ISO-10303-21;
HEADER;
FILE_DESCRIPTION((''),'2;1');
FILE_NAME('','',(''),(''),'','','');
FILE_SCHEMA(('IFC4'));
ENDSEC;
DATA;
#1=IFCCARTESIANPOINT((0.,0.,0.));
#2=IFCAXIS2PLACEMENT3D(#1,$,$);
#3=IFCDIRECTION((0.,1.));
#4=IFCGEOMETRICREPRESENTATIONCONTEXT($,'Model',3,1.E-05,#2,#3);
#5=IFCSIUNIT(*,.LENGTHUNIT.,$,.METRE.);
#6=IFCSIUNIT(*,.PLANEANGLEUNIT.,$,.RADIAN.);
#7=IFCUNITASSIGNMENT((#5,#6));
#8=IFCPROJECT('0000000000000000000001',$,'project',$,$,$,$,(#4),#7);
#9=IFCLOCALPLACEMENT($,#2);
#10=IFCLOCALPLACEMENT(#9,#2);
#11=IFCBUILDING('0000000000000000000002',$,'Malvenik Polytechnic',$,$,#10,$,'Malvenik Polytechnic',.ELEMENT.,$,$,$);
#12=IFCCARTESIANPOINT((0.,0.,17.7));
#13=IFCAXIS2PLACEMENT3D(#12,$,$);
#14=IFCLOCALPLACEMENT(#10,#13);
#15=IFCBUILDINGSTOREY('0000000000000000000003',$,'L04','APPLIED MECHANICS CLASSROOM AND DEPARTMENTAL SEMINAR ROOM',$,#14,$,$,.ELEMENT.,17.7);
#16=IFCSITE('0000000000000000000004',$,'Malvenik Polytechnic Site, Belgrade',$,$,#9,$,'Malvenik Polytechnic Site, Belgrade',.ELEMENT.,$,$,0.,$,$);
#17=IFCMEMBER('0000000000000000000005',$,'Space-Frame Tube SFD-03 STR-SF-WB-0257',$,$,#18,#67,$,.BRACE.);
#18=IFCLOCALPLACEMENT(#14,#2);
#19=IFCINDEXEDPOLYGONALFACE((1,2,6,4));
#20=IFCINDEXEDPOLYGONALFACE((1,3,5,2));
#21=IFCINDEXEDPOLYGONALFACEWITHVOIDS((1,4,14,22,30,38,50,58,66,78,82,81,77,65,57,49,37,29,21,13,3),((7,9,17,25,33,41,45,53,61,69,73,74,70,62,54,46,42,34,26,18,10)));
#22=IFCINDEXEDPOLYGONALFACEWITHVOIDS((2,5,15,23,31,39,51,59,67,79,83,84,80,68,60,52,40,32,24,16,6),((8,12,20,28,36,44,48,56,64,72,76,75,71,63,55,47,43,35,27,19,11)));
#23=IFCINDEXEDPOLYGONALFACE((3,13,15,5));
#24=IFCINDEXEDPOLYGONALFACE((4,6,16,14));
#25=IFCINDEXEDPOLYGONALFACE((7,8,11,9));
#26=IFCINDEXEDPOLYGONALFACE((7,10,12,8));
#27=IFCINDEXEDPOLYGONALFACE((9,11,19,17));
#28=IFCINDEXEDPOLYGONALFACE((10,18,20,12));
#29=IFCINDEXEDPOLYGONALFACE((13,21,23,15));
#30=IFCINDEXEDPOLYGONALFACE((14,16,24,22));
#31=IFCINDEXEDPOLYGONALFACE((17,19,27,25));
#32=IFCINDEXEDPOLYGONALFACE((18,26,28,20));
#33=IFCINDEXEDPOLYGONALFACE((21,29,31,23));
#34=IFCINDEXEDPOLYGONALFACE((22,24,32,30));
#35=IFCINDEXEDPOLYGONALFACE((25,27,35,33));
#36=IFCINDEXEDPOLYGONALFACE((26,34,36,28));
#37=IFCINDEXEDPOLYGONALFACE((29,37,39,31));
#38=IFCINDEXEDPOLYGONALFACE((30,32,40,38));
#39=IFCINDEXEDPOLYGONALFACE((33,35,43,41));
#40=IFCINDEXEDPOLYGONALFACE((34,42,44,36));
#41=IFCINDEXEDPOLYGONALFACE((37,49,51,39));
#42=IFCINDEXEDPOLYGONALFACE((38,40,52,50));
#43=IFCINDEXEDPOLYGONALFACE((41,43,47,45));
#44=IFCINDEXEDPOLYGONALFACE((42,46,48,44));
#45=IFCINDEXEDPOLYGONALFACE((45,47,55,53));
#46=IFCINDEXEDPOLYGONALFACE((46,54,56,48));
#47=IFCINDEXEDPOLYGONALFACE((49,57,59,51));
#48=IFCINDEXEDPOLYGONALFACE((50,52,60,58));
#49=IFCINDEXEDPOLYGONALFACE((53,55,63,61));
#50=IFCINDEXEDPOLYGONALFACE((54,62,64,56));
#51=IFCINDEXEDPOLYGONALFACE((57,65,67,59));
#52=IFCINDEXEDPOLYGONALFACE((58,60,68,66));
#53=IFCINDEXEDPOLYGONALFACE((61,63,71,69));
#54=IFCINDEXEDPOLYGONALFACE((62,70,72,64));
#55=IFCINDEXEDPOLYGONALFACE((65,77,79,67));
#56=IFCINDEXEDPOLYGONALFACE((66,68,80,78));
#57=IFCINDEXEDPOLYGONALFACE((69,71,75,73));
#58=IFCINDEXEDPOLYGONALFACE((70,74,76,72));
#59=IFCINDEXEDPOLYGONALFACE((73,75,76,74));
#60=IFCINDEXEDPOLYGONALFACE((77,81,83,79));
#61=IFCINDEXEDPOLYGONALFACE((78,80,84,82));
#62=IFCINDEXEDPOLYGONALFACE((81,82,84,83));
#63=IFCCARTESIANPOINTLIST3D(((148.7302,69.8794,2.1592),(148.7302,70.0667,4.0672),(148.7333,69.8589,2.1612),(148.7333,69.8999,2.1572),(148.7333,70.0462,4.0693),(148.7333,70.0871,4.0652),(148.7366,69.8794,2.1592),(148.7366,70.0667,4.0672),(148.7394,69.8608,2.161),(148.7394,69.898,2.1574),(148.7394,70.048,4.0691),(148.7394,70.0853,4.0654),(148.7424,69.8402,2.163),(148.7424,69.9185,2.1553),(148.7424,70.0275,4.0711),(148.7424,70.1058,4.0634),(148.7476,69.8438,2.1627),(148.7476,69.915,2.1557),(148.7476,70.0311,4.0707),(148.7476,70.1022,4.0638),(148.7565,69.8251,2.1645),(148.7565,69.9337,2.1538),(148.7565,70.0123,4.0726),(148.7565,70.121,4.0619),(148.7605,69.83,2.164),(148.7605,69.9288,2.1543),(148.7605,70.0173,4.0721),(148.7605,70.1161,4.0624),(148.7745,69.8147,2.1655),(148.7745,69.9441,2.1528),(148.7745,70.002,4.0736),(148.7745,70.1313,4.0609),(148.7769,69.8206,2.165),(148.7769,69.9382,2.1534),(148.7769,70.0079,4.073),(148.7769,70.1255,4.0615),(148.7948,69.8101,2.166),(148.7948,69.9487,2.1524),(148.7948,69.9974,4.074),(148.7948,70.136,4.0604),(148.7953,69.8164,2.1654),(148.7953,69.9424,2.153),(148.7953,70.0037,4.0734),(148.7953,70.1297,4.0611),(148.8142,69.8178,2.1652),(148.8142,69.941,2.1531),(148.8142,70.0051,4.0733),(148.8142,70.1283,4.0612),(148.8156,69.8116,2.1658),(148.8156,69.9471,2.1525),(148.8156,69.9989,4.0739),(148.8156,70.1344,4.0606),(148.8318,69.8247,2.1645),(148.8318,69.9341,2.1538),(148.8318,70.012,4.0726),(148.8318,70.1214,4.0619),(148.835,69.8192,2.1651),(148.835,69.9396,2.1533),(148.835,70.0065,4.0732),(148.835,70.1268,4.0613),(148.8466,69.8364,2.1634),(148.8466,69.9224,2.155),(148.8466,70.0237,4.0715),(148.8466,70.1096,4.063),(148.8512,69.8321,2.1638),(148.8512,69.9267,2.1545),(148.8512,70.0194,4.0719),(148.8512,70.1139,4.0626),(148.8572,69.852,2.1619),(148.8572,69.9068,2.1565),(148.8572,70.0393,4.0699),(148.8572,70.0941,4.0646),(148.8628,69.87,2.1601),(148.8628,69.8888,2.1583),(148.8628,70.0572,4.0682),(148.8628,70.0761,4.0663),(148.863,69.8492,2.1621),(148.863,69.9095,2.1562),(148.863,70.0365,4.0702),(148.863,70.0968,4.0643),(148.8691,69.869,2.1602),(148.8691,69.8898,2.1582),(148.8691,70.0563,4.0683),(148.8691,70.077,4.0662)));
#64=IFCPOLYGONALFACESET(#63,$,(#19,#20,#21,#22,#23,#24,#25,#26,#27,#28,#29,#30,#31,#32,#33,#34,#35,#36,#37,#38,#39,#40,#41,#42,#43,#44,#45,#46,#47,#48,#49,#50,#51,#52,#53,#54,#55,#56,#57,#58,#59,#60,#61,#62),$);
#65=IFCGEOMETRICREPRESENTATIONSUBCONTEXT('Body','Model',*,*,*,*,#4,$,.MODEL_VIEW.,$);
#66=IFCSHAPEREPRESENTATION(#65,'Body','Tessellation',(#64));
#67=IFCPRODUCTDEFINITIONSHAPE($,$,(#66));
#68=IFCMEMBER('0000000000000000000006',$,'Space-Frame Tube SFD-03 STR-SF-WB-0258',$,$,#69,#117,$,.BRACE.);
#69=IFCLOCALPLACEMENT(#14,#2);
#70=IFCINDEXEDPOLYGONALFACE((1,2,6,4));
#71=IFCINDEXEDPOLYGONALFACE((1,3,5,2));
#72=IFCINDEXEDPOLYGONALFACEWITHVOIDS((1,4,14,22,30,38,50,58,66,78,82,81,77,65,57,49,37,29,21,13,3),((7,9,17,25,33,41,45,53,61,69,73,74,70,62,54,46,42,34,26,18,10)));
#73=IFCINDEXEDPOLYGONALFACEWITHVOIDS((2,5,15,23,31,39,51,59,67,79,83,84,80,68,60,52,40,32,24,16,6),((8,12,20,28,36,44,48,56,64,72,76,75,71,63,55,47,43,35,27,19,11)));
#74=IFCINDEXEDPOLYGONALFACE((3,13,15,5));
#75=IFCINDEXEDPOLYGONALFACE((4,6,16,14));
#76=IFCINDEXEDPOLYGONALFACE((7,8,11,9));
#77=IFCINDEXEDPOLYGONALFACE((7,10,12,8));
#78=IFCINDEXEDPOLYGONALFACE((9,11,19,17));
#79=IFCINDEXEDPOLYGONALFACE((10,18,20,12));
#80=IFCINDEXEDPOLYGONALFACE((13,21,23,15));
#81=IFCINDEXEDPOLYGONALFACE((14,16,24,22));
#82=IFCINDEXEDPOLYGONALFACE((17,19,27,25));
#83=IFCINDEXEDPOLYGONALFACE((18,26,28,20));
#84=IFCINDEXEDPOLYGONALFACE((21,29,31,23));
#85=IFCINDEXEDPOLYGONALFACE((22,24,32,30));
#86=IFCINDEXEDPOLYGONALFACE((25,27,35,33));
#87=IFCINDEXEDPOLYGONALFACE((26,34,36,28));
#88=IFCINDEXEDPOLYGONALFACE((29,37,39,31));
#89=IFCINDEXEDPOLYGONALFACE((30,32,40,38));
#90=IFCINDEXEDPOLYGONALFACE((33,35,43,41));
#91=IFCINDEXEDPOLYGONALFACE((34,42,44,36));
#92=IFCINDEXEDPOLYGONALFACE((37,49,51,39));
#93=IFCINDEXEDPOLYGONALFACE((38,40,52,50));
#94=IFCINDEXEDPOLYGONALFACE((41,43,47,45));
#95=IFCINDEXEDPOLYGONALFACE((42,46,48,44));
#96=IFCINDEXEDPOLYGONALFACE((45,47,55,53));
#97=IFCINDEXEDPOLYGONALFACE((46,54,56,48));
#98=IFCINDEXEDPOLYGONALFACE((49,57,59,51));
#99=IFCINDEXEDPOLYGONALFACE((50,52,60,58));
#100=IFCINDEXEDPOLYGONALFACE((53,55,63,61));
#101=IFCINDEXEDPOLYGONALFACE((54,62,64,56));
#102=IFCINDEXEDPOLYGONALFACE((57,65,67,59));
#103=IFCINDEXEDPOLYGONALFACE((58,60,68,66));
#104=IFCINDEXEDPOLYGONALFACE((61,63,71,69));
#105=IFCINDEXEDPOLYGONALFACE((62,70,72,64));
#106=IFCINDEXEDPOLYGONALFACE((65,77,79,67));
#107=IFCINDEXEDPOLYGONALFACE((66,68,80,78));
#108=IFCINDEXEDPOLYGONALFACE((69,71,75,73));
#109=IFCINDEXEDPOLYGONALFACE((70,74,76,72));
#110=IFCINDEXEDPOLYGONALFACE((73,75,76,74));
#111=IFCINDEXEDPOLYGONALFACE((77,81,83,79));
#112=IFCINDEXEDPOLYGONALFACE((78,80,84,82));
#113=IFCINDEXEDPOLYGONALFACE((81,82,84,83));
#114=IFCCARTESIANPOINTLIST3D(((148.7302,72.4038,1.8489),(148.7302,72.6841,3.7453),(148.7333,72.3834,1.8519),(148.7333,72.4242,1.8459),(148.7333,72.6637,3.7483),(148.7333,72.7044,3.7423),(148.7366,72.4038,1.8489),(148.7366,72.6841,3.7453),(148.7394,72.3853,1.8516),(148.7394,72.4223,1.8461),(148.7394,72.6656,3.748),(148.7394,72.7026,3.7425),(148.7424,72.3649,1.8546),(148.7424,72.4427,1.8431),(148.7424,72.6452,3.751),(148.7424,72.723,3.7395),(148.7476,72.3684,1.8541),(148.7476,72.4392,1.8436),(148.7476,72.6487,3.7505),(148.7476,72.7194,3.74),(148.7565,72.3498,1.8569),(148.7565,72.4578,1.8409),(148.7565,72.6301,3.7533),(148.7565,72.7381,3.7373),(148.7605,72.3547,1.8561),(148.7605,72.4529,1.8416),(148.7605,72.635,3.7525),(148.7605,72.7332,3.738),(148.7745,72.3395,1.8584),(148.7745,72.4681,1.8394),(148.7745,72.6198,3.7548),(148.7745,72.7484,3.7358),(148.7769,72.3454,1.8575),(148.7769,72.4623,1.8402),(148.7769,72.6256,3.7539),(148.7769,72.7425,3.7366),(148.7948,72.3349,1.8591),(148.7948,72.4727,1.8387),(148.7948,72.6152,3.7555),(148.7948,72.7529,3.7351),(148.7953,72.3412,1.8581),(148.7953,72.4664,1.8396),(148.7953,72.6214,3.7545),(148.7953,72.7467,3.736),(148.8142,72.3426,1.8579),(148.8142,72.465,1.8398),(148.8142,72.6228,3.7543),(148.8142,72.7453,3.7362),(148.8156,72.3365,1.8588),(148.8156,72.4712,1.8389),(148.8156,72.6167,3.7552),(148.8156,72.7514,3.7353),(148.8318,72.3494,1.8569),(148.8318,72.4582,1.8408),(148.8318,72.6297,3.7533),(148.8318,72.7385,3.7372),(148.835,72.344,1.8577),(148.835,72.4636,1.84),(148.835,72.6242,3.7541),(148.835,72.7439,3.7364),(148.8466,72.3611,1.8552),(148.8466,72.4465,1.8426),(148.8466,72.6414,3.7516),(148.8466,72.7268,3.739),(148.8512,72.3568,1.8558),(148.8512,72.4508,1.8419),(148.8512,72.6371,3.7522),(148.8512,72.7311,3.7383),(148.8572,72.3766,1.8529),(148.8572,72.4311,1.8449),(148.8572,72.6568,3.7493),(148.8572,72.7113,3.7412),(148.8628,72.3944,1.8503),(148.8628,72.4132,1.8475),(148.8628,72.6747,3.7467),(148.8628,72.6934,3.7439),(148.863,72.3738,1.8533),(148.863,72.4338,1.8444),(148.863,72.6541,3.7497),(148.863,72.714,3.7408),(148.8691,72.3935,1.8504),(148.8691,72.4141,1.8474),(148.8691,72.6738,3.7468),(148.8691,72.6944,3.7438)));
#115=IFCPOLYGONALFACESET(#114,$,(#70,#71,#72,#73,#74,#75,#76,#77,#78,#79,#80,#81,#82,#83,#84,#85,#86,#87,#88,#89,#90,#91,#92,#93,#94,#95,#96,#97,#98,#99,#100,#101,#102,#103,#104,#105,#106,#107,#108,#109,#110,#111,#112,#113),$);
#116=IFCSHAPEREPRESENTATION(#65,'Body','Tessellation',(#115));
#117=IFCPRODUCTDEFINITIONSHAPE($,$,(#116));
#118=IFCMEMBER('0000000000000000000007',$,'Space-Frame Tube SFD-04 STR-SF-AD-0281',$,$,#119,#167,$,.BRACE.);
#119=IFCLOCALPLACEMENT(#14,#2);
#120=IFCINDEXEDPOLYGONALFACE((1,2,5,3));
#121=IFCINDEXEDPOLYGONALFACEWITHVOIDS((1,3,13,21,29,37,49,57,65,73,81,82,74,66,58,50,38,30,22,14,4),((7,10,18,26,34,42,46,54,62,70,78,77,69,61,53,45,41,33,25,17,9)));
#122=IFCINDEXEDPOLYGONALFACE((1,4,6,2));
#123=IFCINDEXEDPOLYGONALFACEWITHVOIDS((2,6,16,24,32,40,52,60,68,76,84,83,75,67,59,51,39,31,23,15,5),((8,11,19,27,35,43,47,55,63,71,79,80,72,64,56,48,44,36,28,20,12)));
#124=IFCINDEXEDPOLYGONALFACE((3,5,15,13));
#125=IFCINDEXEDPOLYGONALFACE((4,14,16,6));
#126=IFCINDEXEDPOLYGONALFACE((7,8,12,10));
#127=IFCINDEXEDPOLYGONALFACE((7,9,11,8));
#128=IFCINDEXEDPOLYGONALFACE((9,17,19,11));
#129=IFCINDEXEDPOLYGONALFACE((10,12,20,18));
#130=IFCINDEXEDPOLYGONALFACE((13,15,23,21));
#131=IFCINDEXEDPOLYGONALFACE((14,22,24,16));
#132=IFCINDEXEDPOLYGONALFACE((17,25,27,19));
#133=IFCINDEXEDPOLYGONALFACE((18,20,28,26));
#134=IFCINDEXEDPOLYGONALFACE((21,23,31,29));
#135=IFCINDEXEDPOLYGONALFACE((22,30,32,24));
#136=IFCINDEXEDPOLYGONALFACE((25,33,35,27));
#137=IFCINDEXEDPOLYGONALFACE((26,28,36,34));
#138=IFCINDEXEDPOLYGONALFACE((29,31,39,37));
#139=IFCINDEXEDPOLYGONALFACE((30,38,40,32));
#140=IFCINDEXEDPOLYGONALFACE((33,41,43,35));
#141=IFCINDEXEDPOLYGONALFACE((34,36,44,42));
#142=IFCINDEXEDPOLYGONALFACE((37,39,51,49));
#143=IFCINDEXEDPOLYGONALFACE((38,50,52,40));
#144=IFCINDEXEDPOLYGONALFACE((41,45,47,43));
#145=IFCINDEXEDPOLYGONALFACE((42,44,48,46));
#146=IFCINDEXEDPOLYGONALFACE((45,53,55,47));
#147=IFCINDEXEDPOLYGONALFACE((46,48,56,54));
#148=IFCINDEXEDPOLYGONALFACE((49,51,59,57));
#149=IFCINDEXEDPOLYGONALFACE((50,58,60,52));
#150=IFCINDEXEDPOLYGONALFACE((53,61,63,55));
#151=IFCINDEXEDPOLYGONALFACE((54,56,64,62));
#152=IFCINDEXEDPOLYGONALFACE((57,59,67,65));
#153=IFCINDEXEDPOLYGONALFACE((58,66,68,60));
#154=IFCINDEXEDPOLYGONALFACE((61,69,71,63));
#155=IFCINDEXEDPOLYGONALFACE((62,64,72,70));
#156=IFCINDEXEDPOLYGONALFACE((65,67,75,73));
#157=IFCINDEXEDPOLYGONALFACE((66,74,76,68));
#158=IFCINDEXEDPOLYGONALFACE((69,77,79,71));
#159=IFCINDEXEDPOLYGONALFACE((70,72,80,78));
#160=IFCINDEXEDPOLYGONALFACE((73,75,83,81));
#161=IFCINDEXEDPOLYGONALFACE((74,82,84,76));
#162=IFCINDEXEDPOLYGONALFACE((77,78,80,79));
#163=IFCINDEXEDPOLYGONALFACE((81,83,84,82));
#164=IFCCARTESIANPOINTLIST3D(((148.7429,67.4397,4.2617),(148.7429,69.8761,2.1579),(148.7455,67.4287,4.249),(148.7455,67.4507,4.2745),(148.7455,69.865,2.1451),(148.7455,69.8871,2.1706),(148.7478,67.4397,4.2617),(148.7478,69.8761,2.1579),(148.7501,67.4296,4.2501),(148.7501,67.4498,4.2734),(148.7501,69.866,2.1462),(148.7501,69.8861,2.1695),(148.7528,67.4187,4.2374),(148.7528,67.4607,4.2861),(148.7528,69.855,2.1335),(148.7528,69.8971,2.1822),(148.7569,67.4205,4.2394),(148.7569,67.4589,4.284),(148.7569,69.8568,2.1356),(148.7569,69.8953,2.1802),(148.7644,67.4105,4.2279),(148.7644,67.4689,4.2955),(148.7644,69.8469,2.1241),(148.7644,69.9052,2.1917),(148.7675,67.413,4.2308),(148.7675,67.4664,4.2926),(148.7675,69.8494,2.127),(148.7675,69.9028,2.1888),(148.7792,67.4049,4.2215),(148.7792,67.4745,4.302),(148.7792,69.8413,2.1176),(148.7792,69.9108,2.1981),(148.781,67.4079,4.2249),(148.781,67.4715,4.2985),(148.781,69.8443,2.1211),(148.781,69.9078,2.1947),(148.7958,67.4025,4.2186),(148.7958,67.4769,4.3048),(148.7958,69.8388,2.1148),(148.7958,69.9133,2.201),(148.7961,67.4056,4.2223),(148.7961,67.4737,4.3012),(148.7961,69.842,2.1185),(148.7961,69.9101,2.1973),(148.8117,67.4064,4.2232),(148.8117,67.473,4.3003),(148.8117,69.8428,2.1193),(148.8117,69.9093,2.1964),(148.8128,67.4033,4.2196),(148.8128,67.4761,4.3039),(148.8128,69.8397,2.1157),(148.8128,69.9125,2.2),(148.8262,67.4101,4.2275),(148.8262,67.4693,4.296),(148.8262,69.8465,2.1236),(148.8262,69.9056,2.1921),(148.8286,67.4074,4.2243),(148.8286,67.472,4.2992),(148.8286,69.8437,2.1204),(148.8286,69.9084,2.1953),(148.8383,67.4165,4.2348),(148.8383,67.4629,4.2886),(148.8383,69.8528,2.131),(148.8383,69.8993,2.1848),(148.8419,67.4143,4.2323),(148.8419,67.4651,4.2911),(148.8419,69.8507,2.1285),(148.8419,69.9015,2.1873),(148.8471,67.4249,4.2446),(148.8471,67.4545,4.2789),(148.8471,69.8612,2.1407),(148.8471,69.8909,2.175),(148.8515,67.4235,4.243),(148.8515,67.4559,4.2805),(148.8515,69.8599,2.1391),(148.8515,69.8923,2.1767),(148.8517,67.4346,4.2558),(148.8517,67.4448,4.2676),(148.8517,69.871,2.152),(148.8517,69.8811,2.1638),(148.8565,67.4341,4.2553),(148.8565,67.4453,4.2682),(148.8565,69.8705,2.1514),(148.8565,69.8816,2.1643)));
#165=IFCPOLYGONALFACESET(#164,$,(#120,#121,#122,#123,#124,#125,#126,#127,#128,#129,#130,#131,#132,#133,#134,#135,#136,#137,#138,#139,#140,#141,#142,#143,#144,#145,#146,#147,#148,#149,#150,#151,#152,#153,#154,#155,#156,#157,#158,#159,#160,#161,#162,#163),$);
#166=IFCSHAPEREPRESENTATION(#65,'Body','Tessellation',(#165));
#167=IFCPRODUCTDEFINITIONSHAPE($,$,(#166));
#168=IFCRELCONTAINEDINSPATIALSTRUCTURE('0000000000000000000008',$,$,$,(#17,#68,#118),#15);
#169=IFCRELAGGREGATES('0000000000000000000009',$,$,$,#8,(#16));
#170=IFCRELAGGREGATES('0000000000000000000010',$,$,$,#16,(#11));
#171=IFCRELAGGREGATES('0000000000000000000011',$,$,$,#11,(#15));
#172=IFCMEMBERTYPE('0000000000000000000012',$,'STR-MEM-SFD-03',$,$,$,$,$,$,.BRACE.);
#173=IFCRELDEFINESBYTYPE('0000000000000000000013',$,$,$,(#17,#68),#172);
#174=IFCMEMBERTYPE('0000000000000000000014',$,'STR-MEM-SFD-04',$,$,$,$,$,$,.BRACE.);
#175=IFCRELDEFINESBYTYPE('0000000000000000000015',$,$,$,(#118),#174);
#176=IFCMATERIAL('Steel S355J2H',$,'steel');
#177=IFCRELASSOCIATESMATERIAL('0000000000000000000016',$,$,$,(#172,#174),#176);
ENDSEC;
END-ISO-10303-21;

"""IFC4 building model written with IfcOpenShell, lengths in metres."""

from ifc_helpers import new_model, si_unit, direction, frame, origin, origin_2d, place, context, subcontext, project, spatial, hollow_circle, extrude, material, material_profile, profile_set, type_object, element, save


model = new_model("IFC4")

# Units and contexts
model_context = context("Model", 3, precision=1e-05, world=origin(), true_north=direction((0.0, 1.0)))
body_context = subcontext(model_context, "Body", "Model", "MODEL_VIEW")
ifc_project = project(units=[si_unit("LENGTHUNIT", "METRE"), si_unit("PLANEANGLEUNIT", "RADIAN")], contexts=[model_context])

# Site, building, storey
site_placement = place(None, origin())
site = spatial("IfcSite", under=ifc_project, at=site_placement, Name="Malvenik Polytechnic Site, Belgrade", LongName="Malvenik Polytechnic Site, Belgrade", CompositionType="ELEMENT", RefElevation=0.0)
building_placement = place(site_placement, origin())
building = spatial("IfcBuilding", under=site, at=building_placement, Name="Malvenik Polytechnic", LongName="Malvenik Polytechnic", CompositionType="ELEMENT")
storey_placement = place(building_placement, frame((0.0, 0.0, 17.7)))
storey = spatial("IfcBuildingStorey", under=building, at=storey_placement, Name="L04", Description="APPLIED MECHANICS CLASSROOM AND DEPARTMENTAL SEMINAR ROOM", CompositionType="ELEMENT", Elevation=17.7)

# Members
ifc_material_1 = material(Name="Steel S355J2H", Category="steel")
ifc_material_profile_1 = material_profile(ifc_material_1, hollow_circle(Radius=0.0698, WallThickness=0.0063, at=origin_2d()), Name="CHS 139.7x6.3")
ifc_profile_set_1 = profile_set([ifc_material_profile_1], Name="Steel S355J2H")
member_type_1 = type_object("IfcMemberType", Name="STR-MEM-SFD-03", PredefinedType="BRACE", material=ifc_profile_set_1)
member_1_placement = place(storey_placement, frame((148.8, 69.8794, 2.1592), z_axis=(0.0, 0.097675, 0.995218), x_axis=(-1.0, 0.0, 0.0)))
element("IfcMember", 1, at=member_1_placement, inside=storey, type_object=member_type_1, Name="Space-Frame Tube SFD-03 STR-SF-WB-0257", PredefinedType="BRACE", context=body_context, shape_type="SweptSolid", body=[
    extrude(hollow_circle(Radius=0.0698, WallThickness=0.0063, at=origin_2d()), origin(), (0.0, 0.0, 1.0), 1.9172),
])
member_2_placement = place(storey_placement, frame((148.8, 72.4038, 1.8489), z_axis=(0.0, 0.146198, 0.989255), x_axis=(-1.0, 0.0, 0.0)))
element("IfcMember", 2, at=member_2_placement, inside=storey, type_object=member_type_1, Name="Space-Frame Tube SFD-03 STR-SF-WB-0258", PredefinedType="BRACE", context=body_context, shape_type="SweptSolid", body=[
    extrude(hollow_circle(Radius=0.0698, WallThickness=0.0063, at=origin_2d()), origin(), (0.0, 0.0, 1.0), 1.917),
])
ifc_material_profile_2 = material_profile(ifc_material_1, hollow_circle(Radius=0.0571, WallThickness=0.0049, at=origin_2d()), Name="CHS 114.3x5.0")
ifc_profile_set_2 = profile_set([ifc_material_profile_2], Name="Steel S355J2H")
member_type_2 = type_object("IfcMemberType", Name="STR-MEM-SFD-04", PredefinedType="BRACE", material=ifc_profile_set_2)
for number, where, z_axis, x_axis, name in (
    (3, (148.8, 67.4397, 4.2617), (0.0, 0.756869, -0.653567), (-1.0, 0.0, 0.0), "Space-Frame Tube SFD-04 STR-SF-AD-0281"),
):
    element("IfcMember", number, at=place(storey_placement, frame(where, z_axis=z_axis, x_axis=x_axis)), inside=storey, type_object=member_type_2, Name=name, PredefinedType="BRACE", context=body_context, shape_type="SweptSolid", body=[
        extrude(hollow_circle(Radius=0.0571, WallThickness=0.0049, at=origin_2d()), origin(), (0.0, 0.0, 1.0), 3.219),
    ])

save(model, "model.ifc")
